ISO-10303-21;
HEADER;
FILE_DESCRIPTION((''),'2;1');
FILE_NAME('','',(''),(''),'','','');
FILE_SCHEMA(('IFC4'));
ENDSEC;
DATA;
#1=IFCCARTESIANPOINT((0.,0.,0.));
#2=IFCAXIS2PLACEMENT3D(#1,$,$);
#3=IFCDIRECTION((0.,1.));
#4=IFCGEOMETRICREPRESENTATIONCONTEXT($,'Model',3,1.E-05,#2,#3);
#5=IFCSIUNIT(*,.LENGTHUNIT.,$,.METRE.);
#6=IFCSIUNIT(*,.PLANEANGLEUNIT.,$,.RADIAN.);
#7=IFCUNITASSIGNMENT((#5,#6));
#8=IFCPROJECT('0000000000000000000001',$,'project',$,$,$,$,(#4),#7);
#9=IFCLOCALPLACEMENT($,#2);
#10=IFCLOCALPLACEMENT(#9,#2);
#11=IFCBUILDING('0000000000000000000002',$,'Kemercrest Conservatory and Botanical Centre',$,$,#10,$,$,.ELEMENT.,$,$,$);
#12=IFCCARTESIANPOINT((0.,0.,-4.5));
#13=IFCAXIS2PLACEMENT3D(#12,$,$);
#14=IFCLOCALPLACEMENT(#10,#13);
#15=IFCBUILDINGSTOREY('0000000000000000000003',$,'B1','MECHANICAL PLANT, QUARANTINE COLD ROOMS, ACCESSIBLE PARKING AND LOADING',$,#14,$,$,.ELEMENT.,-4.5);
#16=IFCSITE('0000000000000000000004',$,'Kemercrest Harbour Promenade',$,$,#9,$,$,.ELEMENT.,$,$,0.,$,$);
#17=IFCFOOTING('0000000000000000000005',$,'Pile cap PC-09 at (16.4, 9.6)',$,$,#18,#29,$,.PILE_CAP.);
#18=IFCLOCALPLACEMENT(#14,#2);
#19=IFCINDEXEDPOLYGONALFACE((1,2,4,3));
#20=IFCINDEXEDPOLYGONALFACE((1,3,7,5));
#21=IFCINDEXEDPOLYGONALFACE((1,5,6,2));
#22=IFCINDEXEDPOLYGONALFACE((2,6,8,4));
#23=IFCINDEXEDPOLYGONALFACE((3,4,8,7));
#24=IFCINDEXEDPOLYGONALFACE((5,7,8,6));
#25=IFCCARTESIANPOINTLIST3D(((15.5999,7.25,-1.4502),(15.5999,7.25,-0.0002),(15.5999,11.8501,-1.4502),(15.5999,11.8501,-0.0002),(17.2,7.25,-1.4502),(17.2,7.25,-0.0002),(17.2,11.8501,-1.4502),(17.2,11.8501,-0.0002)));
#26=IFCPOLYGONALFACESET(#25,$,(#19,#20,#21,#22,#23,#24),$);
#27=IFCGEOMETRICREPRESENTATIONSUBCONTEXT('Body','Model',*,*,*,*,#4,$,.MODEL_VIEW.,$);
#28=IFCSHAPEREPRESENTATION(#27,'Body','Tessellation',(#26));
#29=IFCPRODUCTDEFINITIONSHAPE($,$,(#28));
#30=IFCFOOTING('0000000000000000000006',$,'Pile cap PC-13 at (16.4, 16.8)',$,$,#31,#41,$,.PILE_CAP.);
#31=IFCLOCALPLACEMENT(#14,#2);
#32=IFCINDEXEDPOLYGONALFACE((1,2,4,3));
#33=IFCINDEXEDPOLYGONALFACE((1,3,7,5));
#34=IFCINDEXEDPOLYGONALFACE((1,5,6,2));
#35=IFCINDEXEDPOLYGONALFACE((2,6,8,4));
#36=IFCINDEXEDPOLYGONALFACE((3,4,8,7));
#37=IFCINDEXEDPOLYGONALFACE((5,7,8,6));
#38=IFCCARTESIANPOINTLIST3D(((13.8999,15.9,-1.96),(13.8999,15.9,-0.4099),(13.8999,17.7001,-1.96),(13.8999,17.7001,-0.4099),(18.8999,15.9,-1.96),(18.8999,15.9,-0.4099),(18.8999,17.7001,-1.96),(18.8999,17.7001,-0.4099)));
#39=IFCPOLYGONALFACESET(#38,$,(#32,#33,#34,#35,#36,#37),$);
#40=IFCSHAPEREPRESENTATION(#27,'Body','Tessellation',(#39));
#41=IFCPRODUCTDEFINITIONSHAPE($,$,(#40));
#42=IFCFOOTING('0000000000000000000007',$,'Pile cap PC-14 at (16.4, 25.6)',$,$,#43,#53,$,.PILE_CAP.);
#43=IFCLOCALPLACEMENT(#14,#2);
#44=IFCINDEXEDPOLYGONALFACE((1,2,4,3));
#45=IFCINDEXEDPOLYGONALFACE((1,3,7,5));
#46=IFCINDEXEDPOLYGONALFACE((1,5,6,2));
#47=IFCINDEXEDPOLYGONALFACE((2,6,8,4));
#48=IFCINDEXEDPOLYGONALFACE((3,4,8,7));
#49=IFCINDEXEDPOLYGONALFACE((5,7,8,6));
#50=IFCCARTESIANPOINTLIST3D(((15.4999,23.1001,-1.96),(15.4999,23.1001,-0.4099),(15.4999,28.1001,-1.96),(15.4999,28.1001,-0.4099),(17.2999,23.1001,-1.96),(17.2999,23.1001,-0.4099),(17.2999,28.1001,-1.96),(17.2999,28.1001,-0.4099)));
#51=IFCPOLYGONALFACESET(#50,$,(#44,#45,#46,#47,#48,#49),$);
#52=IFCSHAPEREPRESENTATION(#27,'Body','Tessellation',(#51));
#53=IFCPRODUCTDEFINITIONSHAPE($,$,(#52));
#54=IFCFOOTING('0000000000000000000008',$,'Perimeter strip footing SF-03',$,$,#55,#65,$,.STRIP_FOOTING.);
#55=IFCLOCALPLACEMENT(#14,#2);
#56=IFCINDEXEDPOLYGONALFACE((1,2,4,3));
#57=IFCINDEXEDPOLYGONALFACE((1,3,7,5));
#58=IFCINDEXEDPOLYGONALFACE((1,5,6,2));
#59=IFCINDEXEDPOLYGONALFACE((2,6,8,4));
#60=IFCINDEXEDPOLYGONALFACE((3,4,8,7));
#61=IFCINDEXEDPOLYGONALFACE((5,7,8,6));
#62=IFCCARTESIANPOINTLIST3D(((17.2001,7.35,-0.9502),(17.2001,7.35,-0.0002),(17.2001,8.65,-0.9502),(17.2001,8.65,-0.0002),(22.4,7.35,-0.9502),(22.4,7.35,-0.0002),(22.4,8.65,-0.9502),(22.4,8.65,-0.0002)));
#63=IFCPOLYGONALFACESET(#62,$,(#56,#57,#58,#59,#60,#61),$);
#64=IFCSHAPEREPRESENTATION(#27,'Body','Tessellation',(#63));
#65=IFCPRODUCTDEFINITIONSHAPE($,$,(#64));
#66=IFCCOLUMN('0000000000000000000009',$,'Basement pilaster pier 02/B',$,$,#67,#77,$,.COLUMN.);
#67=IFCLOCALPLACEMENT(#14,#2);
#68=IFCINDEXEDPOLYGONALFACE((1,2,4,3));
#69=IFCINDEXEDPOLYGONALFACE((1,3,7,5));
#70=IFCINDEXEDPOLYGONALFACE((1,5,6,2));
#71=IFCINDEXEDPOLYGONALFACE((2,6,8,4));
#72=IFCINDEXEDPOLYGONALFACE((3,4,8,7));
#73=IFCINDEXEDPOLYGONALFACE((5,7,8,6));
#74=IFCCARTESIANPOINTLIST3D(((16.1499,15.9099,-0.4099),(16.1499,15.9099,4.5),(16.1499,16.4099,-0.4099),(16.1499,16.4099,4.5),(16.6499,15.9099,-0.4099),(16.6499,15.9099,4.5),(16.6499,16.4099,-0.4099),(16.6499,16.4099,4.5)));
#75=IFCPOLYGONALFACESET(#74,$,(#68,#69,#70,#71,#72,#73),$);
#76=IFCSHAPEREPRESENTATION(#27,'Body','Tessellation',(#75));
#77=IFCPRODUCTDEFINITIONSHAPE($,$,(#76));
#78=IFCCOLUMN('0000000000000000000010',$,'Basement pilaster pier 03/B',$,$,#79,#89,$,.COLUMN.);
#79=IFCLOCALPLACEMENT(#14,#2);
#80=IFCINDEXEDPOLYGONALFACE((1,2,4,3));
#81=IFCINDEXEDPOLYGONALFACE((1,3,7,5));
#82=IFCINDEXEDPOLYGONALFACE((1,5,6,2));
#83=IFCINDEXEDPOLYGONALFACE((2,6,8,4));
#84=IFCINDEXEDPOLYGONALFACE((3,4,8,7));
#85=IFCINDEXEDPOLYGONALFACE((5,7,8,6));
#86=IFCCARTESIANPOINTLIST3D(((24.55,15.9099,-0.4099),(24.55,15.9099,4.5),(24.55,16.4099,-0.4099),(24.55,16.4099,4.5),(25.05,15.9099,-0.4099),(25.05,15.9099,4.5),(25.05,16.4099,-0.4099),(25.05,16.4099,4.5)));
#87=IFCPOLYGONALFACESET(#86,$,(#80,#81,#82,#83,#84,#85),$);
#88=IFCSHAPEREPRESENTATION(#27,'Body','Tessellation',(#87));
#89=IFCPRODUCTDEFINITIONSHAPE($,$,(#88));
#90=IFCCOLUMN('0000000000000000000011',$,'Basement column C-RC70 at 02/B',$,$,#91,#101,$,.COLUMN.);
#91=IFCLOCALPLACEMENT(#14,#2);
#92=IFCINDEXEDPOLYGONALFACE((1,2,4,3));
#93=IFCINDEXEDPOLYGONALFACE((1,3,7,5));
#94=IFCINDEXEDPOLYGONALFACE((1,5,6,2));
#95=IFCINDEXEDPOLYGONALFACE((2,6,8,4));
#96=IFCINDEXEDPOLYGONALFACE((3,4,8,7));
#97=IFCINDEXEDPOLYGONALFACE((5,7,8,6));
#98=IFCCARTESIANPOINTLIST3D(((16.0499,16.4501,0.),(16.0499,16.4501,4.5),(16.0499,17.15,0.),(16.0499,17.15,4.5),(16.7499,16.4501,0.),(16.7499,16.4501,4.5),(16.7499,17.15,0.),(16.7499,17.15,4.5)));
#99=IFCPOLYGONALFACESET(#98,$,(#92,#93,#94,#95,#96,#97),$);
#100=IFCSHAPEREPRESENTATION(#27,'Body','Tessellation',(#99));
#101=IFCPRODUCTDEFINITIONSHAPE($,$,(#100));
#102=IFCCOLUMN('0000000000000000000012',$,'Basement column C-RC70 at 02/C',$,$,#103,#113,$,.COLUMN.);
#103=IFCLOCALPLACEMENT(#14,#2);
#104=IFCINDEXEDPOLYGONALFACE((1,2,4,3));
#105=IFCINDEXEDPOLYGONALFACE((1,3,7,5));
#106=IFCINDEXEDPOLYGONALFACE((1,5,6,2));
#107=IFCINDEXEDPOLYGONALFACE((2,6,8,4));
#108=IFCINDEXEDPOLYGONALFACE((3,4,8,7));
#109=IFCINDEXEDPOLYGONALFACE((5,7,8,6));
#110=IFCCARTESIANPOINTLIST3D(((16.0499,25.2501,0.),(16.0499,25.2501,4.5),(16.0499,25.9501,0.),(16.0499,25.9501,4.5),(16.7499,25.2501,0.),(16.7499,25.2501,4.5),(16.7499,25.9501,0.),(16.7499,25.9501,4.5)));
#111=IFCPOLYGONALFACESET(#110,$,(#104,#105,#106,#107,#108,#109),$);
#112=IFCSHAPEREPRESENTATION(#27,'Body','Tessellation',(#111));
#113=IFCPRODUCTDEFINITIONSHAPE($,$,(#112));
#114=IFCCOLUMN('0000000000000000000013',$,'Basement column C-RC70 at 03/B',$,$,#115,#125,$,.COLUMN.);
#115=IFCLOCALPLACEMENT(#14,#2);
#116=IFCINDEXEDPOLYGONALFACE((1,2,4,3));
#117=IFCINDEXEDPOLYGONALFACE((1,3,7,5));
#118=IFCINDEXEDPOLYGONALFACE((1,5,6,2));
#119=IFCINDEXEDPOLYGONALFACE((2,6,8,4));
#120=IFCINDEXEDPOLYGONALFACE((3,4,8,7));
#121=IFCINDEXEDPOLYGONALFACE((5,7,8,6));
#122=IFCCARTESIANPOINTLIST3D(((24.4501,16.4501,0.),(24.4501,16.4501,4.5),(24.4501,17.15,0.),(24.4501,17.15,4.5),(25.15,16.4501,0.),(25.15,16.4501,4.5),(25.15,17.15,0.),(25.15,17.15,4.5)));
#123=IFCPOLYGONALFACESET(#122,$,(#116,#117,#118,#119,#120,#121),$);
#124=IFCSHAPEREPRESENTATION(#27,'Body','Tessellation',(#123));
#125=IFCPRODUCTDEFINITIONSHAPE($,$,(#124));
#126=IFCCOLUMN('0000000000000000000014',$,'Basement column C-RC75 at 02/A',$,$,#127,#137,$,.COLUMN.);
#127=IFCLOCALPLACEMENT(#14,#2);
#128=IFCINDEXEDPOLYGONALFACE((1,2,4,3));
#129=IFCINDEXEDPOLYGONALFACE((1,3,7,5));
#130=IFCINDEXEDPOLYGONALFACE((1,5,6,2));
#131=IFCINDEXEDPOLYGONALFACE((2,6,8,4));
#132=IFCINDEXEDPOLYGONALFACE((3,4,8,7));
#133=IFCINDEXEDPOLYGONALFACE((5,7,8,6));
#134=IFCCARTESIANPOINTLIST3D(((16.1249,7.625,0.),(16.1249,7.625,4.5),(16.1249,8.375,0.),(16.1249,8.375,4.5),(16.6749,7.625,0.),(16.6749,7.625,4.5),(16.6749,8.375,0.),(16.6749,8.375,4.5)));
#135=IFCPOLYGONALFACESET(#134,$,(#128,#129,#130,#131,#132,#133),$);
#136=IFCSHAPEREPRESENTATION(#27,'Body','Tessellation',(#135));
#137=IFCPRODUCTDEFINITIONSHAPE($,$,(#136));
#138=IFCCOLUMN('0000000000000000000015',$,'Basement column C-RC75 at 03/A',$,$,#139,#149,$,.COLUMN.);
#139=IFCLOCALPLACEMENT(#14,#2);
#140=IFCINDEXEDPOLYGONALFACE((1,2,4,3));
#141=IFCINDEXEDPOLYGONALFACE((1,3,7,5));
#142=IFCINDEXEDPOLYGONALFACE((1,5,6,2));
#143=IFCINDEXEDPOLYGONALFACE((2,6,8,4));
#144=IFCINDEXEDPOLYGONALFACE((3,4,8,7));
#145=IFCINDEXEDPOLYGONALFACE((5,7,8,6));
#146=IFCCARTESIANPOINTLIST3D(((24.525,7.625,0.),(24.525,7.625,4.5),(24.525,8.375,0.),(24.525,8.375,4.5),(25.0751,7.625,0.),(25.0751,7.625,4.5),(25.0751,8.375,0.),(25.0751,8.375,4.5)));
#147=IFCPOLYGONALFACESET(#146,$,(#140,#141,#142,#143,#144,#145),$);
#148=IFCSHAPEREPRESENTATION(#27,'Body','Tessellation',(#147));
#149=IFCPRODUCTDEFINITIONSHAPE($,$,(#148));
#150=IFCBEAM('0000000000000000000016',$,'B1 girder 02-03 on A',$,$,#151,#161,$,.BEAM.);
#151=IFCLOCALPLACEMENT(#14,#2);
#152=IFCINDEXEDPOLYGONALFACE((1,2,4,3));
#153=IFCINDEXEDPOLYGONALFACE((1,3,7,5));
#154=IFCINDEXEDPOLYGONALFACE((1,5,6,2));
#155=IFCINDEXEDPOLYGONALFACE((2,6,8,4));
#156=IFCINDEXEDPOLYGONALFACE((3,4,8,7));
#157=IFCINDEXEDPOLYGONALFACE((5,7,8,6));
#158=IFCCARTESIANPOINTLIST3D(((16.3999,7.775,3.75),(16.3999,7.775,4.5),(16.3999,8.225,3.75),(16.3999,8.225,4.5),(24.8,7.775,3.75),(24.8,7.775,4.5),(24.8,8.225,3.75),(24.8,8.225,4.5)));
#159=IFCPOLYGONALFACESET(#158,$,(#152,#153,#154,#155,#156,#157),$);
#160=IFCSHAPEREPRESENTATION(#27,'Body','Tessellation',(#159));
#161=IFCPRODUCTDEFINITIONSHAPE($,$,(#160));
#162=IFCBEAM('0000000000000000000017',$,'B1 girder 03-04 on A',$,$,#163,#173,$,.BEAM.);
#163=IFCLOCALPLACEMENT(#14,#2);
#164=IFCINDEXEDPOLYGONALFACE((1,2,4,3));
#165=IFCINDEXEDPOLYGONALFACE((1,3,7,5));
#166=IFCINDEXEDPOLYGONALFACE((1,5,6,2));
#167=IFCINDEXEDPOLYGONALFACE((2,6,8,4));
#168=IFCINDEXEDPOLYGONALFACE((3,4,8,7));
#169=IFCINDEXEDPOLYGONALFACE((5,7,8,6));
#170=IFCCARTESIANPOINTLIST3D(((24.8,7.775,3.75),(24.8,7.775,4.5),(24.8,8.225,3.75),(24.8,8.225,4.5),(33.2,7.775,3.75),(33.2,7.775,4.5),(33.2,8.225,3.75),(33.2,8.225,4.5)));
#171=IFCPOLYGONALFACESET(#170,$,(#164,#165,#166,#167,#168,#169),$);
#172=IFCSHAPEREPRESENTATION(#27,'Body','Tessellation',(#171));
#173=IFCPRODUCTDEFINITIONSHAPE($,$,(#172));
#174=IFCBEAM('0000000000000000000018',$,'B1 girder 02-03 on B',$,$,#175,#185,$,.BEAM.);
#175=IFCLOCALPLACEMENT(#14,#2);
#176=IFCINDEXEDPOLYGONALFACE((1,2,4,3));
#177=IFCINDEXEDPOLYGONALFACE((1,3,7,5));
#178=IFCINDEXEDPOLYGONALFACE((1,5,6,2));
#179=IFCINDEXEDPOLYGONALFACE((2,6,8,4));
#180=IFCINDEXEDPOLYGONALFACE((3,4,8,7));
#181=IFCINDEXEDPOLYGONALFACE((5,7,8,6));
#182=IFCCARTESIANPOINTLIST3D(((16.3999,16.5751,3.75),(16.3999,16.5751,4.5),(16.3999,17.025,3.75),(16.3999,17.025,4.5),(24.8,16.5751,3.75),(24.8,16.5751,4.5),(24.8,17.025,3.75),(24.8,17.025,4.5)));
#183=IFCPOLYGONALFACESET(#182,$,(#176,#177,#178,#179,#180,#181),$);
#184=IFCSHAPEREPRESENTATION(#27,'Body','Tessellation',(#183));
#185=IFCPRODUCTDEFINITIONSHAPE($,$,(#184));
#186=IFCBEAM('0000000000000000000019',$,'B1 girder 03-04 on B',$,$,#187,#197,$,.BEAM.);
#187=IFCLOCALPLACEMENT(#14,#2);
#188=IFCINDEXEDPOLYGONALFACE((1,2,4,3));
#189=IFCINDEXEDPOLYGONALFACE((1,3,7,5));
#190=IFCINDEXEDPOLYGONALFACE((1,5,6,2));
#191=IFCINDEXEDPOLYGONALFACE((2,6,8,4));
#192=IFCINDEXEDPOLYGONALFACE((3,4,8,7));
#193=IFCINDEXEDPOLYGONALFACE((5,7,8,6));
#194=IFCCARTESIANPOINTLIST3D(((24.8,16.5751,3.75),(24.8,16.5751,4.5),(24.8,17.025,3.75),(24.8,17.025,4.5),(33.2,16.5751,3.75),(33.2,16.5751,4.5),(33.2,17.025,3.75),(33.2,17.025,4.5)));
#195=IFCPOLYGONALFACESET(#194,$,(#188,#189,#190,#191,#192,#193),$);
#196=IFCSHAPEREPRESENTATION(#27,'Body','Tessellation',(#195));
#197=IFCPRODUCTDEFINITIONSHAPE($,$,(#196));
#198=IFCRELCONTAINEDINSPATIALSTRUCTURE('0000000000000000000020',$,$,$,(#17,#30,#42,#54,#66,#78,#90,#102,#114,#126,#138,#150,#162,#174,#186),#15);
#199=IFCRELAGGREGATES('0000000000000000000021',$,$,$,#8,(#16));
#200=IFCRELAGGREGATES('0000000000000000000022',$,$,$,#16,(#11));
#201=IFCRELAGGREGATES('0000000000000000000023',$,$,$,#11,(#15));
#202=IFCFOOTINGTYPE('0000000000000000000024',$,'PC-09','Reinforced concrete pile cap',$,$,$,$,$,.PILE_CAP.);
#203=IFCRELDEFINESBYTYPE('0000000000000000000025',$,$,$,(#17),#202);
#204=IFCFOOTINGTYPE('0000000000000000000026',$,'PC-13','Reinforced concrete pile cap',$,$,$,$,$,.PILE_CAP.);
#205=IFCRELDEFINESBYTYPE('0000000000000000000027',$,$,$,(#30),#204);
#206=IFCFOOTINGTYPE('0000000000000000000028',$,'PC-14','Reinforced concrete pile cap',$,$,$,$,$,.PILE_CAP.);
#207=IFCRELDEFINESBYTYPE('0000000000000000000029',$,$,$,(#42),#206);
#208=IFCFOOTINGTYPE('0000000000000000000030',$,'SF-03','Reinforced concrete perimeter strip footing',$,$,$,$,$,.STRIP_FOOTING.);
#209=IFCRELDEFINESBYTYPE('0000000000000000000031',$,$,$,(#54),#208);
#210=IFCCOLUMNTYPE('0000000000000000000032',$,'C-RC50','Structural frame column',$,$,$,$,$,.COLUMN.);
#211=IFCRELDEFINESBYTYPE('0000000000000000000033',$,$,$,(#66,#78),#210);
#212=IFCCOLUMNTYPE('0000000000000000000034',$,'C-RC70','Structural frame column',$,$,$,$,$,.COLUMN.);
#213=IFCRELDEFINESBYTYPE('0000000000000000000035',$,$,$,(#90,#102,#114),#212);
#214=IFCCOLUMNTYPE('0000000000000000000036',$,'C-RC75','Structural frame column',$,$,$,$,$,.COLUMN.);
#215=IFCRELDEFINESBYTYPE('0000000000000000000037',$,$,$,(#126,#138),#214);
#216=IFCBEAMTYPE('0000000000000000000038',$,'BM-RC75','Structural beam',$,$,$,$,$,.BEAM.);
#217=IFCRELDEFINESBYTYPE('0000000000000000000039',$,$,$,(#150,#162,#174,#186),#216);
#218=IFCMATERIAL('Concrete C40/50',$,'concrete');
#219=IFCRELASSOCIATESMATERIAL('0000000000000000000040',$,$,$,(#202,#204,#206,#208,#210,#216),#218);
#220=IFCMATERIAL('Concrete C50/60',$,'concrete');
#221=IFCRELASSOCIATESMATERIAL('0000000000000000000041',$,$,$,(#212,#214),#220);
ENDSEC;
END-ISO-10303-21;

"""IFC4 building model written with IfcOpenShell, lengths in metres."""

from ifc_helpers import new_model, si_unit, direction, frame, origin, origin_2d, place, context, subcontext, project, spatial, rectangle, extrude, material, material_profile, profile_set, type_object, element, save


model = new_model("IFC4")

# Units and contexts
model_context = context("Model", 3, precision=1e-05, world=origin(), true_north=direction((0.0, 1.0)))
body_context = subcontext(model_context, "Body", "Model", "MODEL_VIEW")
ifc_project = project(units=[si_unit("LENGTHUNIT", "METRE"), si_unit("PLANEANGLEUNIT", "RADIAN")], contexts=[model_context])

# Site, building, storey
site_placement = place(None, origin())
site = spatial("IfcSite", under=ifc_project, at=site_placement, Name="Kemercrest Harbour Promenade", CompositionType="ELEMENT", RefElevation=0.0)
building_placement = place(site_placement, origin())
building = spatial("IfcBuilding", under=site, at=building_placement, Name="Kemercrest Conservatory and Botanical Centre", CompositionType="ELEMENT")
storey_placement = place(building_placement, frame((0.0, 0.0, -4.5)))
storey = spatial("IfcBuildingStorey", under=building, at=storey_placement, Name="B1", Description="MECHANICAL PLANT, QUARANTINE COLD ROOMS, ACCESSIBLE PARKING AND LOADING", CompositionType="ELEMENT", Elevation=-4.5)

# Shared definitions
ifc_material_1 = material(Name="Concrete C40/50", Category="concrete")

# Footings
footing_type_1 = type_object("IfcFootingType", Name="PC-09", Description="Reinforced concrete pile cap", PredefinedType="PILE_CAP", material=ifc_material_1)
footing_1_placement = place(storey_placement, frame((16.3999, 9.55, -1.4502), z_axis=(0.0, 0.0, 1.0), x_axis=(1.0, 0.0, 0.0)))
element("IfcFooting", 1, at=footing_1_placement, inside=storey, type_object=footing_type_1, Name="Pile cap PC-09 at (16.4, 9.6)", PredefinedType="PILE_CAP", context=body_context, shape_type="SweptSolid", body=[
    extrude(rectangle(XDim=1.6001, YDim=4.6001, at=origin_2d()), origin(), (0.0, 0.0, 1.0), 1.45),
])
footing_type_2 = type_object("IfcFootingType", Name="PC-13", Description="Reinforced concrete pile cap", PredefinedType="PILE_CAP", material=ifc_material_1)
footing_2_placement = place(storey_placement, frame((16.3999, 16.8, -1.96), z_axis=(0.0, 0.0, 1.0), x_axis=(1.0, 0.0, 0.0)))
element("IfcFooting", 2, at=footing_2_placement, inside=storey, type_object=footing_type_2, Name="Pile cap PC-13 at (16.4, 16.8)", PredefinedType="PILE_CAP", context=body_context, shape_type="SweptSolid", body=[
    extrude(rectangle(XDim=5.0, YDim=1.8, at=origin_2d()), origin(), (0.0, 0.0, 1.0), 1.55),
])
footing_type_3 = type_object("IfcFootingType", Name="PC-14", Description="Reinforced concrete pile cap", PredefinedType="PILE_CAP", material=ifc_material_1)
footing_3_placement = place(storey_placement, frame((16.3999, 25.6001, -1.96), z_axis=(0.0, 0.0, 1.0), x_axis=(1.0, 0.0, 0.0)))
element("IfcFooting", 3, at=footing_3_placement, inside=storey, type_object=footing_type_3, Name="Pile cap PC-14 at (16.4, 25.6)", PredefinedType="PILE_CAP", context=body_context, shape_type="SweptSolid", body=[
    extrude(rectangle(XDim=1.8, YDim=5.0, at=origin_2d()), origin(), (0.0, 0.0, 1.0), 1.55),
])
footing_type_4 = type_object("IfcFootingType", Name="SF-03", Description="Reinforced concrete perimeter strip footing", PredefinedType="STRIP_FOOTING", material=ifc_material_1)
footing_4_placement = place(storey_placement, frame((19.8, 8.0, -0.9502), z_axis=(0.0, 0.0, 1.0), x_axis=(1.0, 0.0, 0.0)))
element("IfcFooting", 4, at=footing_4_placement, inside=storey, type_object=footing_type_4, Name="Perimeter strip footing SF-03", PredefinedType="STRIP_FOOTING", context=body_context, shape_type="SweptSolid", body=[
    extrude(rectangle(XDim=5.2, YDim=1.3, at=origin_2d()), origin(), (0.0, 0.0, 1.0), 0.95),
])

# Columns
ifc_material_profile_1 = material_profile(ifc_material_1, rectangle(XDim=0.5, YDim=0.5, at=origin_2d()), Name="RC 500x500")
ifc_profile_set_1 = profile_set([ifc_material_profile_1], Name="Concrete C40/50")
column_type_1 = type_object("IfcColumnType", Name="C-RC50", Description="Structural frame column", PredefinedType="COLUMN", material=ifc_profile_set_1)
for number, where, z_axis, x_axis, name in (
    (5, (16.3999, 16.1599, -0.4099), (0.0, 0.0, 1.0), (1.0, 0.0, 0.0), "Basement pilaster pier 02/B"),
    (6, (24.8, 16.1599, -0.4099), (0.0, 0.0, 1.0), (1.0, 0.0, 0.0), "Basement pilaster pier 03/B"),
):
    element("IfcColumn", number, at=place(storey_placement, frame(where, z_axis=z_axis, x_axis=x_axis)), inside=storey, type_object=column_type_1, Name=name, PredefinedType="COLUMN", context=body_context, shape_type="SweptSolid", body=[
        extrude(rectangle(XDim=0.5, YDim=0.5, at=origin_2d()), origin(), (0.0, 0.0, 1.0), 4.9099),
    ])
ifc_material_2 = material(Name="Concrete C50/60", Category="concrete")
ifc_material_profile_2 = material_profile(ifc_material_2, rectangle(XDim=0.7, YDim=0.7, at=origin_2d()), Name="RC 700x700")
ifc_profile_set_2 = profile_set([ifc_material_profile_2], Name="Concrete C50/60")
column_type_2 = type_object("IfcColumnType", Name="C-RC70", Description="Structural frame column", PredefinedType="COLUMN", material=ifc_profile_set_2)
for number, where, z_axis, x_axis, name in (
    (7, (16.3999, 16.8, 0.0), (0.0, 0.0, 1.0), (1.0, 0.0, 0.0), "Basement column C-RC70 at 02/B"),
    (8, (16.3999, 25.6001, 0.0), (0.0, 0.0, 1.0), (1.0, 0.0, 0.0), "Basement column C-RC70 at 02/C"),
    (9, (24.8, 16.8, 0.0), (0.0, 0.0, 1.0), (1.0, 0.0, 0.0), "Basement column C-RC70 at 03/B"),
):
    element("IfcColumn", number, at=place(storey_placement, frame(where, z_axis=z_axis, x_axis=x_axis)), inside=storey, type_object=column_type_2, Name=name, PredefinedType="COLUMN", context=body_context, shape_type="SweptSolid", body=[
        extrude(rectangle(XDim=0.7, YDim=0.7, at=origin_2d()), origin(), (0.0, 0.0, 1.0), 4.5),
    ])
ifc_material_profile_3 = material_profile(ifc_material_2, rectangle(XDim=0.55, YDim=0.75, at=origin_2d()), Name="RC 750x550")
ifc_profile_set_3 = profile_set([ifc_material_profile_3], Name="Concrete C50/60")
column_type_3 = type_object("IfcColumnType", Name="C-RC75", Description="Structural frame column", PredefinedType="COLUMN", material=ifc_profile_set_3)
for number, where, z_axis, x_axis, name in (
    (10, (16.3999, 8.0, 0.0), (0.0, 0.0, 1.0), (1.0, 0.0, 0.0), "Basement column C-RC75 at 02/A"),
    (11, (24.8, 8.0, 0.0), (0.0, 0.0, 1.0), (1.0, 0.0, 0.0), "Basement column C-RC75 at 03/A"),
):
    element("IfcColumn", number, at=place(storey_placement, frame(where, z_axis=z_axis, x_axis=x_axis)), inside=storey, type_object=column_type_3, Name=name, PredefinedType="COLUMN", context=body_context, shape_type="SweptSolid", body=[
        extrude(rectangle(XDim=0.55, YDim=0.75, at=origin_2d()), origin(), (0.0, 0.0, 1.0), 4.5),
    ])

# Beams
ifc_material_profile_4 = material_profile(ifc_material_1, rectangle(XDim=0.45, YDim=0.75, at=origin_2d()), Name="RC 450x750")
ifc_profile_set_4 = profile_set([ifc_material_profile_4], Name="Concrete C40/50")
beam_type_1 = type_object("IfcBeamType", Name="BM-RC75", Description="Structural beam", PredefinedType="BEAM", material=ifc_profile_set_4)
beam_1_placement = place(storey_placement, frame((16.3999, 8.0, 4.125), z_axis=(1.0, 0.0, 0.0), x_axis=(0.0, 1.0, 0.0)))
element("IfcBeam", 12, at=beam_1_placement, inside=storey, type_object=beam_type_1, Name="B1 girder 02-03 on A", PredefinedType="BEAM", context=body_context, shape_type="SweptSolid", body=[
    extrude(rectangle(XDim=0.45, YDim=0.75, at=origin_2d()), origin(), (0.0, 0.0, 1.0), 8.4001),
])
beam_2_placement = place(storey_placement, frame((24.8, 8.0, 4.125), z_axis=(1.0, 0.0, 0.0), x_axis=(0.0, 1.0, 0.0)))
element("IfcBeam", 13, at=beam_2_placement, inside=storey, type_object=beam_type_1, Name="B1 girder 03-04 on A", PredefinedType="BEAM", context=body_context, shape_type="SweptSolid", body=[
    extrude(rectangle(XDim=0.45, YDim=0.75, at=origin_2d()), origin(), (0.0, 0.0, 1.0), 8.3999),
])
beam_3_placement = place(storey_placement, frame((16.3999, 16.8, 4.125), z_axis=(1.0, 0.0, 0.0), x_axis=(0.0, 1.0, 0.0)))
element("IfcBeam", 14, at=beam_3_placement, inside=storey, type_object=beam_type_1, Name="B1 girder 02-03 on B", PredefinedType="BEAM", context=body_context, shape_type="SweptSolid", body=[
    extrude(rectangle(XDim=0.45, YDim=0.75, at=origin_2d()), origin(), (0.0, 0.0, 1.0), 8.4001),
])
beam_4_placement = place(storey_placement, frame((24.8, 16.8, 4.125), z_axis=(1.0, 0.0, 0.0), x_axis=(0.0, 1.0, 0.0)))
element("IfcBeam", 15, at=beam_4_placement, inside=storey, type_object=beam_type_1, Name="B1 girder 03-04 on B", PredefinedType="BEAM", context=body_context, shape_type="SweptSolid", body=[
    extrude(rectangle(XDim=0.45, YDim=0.75, at=origin_2d()), origin(), (0.0, 0.0, 1.0), 8.3999),
])

save(model, "model.ifc")
